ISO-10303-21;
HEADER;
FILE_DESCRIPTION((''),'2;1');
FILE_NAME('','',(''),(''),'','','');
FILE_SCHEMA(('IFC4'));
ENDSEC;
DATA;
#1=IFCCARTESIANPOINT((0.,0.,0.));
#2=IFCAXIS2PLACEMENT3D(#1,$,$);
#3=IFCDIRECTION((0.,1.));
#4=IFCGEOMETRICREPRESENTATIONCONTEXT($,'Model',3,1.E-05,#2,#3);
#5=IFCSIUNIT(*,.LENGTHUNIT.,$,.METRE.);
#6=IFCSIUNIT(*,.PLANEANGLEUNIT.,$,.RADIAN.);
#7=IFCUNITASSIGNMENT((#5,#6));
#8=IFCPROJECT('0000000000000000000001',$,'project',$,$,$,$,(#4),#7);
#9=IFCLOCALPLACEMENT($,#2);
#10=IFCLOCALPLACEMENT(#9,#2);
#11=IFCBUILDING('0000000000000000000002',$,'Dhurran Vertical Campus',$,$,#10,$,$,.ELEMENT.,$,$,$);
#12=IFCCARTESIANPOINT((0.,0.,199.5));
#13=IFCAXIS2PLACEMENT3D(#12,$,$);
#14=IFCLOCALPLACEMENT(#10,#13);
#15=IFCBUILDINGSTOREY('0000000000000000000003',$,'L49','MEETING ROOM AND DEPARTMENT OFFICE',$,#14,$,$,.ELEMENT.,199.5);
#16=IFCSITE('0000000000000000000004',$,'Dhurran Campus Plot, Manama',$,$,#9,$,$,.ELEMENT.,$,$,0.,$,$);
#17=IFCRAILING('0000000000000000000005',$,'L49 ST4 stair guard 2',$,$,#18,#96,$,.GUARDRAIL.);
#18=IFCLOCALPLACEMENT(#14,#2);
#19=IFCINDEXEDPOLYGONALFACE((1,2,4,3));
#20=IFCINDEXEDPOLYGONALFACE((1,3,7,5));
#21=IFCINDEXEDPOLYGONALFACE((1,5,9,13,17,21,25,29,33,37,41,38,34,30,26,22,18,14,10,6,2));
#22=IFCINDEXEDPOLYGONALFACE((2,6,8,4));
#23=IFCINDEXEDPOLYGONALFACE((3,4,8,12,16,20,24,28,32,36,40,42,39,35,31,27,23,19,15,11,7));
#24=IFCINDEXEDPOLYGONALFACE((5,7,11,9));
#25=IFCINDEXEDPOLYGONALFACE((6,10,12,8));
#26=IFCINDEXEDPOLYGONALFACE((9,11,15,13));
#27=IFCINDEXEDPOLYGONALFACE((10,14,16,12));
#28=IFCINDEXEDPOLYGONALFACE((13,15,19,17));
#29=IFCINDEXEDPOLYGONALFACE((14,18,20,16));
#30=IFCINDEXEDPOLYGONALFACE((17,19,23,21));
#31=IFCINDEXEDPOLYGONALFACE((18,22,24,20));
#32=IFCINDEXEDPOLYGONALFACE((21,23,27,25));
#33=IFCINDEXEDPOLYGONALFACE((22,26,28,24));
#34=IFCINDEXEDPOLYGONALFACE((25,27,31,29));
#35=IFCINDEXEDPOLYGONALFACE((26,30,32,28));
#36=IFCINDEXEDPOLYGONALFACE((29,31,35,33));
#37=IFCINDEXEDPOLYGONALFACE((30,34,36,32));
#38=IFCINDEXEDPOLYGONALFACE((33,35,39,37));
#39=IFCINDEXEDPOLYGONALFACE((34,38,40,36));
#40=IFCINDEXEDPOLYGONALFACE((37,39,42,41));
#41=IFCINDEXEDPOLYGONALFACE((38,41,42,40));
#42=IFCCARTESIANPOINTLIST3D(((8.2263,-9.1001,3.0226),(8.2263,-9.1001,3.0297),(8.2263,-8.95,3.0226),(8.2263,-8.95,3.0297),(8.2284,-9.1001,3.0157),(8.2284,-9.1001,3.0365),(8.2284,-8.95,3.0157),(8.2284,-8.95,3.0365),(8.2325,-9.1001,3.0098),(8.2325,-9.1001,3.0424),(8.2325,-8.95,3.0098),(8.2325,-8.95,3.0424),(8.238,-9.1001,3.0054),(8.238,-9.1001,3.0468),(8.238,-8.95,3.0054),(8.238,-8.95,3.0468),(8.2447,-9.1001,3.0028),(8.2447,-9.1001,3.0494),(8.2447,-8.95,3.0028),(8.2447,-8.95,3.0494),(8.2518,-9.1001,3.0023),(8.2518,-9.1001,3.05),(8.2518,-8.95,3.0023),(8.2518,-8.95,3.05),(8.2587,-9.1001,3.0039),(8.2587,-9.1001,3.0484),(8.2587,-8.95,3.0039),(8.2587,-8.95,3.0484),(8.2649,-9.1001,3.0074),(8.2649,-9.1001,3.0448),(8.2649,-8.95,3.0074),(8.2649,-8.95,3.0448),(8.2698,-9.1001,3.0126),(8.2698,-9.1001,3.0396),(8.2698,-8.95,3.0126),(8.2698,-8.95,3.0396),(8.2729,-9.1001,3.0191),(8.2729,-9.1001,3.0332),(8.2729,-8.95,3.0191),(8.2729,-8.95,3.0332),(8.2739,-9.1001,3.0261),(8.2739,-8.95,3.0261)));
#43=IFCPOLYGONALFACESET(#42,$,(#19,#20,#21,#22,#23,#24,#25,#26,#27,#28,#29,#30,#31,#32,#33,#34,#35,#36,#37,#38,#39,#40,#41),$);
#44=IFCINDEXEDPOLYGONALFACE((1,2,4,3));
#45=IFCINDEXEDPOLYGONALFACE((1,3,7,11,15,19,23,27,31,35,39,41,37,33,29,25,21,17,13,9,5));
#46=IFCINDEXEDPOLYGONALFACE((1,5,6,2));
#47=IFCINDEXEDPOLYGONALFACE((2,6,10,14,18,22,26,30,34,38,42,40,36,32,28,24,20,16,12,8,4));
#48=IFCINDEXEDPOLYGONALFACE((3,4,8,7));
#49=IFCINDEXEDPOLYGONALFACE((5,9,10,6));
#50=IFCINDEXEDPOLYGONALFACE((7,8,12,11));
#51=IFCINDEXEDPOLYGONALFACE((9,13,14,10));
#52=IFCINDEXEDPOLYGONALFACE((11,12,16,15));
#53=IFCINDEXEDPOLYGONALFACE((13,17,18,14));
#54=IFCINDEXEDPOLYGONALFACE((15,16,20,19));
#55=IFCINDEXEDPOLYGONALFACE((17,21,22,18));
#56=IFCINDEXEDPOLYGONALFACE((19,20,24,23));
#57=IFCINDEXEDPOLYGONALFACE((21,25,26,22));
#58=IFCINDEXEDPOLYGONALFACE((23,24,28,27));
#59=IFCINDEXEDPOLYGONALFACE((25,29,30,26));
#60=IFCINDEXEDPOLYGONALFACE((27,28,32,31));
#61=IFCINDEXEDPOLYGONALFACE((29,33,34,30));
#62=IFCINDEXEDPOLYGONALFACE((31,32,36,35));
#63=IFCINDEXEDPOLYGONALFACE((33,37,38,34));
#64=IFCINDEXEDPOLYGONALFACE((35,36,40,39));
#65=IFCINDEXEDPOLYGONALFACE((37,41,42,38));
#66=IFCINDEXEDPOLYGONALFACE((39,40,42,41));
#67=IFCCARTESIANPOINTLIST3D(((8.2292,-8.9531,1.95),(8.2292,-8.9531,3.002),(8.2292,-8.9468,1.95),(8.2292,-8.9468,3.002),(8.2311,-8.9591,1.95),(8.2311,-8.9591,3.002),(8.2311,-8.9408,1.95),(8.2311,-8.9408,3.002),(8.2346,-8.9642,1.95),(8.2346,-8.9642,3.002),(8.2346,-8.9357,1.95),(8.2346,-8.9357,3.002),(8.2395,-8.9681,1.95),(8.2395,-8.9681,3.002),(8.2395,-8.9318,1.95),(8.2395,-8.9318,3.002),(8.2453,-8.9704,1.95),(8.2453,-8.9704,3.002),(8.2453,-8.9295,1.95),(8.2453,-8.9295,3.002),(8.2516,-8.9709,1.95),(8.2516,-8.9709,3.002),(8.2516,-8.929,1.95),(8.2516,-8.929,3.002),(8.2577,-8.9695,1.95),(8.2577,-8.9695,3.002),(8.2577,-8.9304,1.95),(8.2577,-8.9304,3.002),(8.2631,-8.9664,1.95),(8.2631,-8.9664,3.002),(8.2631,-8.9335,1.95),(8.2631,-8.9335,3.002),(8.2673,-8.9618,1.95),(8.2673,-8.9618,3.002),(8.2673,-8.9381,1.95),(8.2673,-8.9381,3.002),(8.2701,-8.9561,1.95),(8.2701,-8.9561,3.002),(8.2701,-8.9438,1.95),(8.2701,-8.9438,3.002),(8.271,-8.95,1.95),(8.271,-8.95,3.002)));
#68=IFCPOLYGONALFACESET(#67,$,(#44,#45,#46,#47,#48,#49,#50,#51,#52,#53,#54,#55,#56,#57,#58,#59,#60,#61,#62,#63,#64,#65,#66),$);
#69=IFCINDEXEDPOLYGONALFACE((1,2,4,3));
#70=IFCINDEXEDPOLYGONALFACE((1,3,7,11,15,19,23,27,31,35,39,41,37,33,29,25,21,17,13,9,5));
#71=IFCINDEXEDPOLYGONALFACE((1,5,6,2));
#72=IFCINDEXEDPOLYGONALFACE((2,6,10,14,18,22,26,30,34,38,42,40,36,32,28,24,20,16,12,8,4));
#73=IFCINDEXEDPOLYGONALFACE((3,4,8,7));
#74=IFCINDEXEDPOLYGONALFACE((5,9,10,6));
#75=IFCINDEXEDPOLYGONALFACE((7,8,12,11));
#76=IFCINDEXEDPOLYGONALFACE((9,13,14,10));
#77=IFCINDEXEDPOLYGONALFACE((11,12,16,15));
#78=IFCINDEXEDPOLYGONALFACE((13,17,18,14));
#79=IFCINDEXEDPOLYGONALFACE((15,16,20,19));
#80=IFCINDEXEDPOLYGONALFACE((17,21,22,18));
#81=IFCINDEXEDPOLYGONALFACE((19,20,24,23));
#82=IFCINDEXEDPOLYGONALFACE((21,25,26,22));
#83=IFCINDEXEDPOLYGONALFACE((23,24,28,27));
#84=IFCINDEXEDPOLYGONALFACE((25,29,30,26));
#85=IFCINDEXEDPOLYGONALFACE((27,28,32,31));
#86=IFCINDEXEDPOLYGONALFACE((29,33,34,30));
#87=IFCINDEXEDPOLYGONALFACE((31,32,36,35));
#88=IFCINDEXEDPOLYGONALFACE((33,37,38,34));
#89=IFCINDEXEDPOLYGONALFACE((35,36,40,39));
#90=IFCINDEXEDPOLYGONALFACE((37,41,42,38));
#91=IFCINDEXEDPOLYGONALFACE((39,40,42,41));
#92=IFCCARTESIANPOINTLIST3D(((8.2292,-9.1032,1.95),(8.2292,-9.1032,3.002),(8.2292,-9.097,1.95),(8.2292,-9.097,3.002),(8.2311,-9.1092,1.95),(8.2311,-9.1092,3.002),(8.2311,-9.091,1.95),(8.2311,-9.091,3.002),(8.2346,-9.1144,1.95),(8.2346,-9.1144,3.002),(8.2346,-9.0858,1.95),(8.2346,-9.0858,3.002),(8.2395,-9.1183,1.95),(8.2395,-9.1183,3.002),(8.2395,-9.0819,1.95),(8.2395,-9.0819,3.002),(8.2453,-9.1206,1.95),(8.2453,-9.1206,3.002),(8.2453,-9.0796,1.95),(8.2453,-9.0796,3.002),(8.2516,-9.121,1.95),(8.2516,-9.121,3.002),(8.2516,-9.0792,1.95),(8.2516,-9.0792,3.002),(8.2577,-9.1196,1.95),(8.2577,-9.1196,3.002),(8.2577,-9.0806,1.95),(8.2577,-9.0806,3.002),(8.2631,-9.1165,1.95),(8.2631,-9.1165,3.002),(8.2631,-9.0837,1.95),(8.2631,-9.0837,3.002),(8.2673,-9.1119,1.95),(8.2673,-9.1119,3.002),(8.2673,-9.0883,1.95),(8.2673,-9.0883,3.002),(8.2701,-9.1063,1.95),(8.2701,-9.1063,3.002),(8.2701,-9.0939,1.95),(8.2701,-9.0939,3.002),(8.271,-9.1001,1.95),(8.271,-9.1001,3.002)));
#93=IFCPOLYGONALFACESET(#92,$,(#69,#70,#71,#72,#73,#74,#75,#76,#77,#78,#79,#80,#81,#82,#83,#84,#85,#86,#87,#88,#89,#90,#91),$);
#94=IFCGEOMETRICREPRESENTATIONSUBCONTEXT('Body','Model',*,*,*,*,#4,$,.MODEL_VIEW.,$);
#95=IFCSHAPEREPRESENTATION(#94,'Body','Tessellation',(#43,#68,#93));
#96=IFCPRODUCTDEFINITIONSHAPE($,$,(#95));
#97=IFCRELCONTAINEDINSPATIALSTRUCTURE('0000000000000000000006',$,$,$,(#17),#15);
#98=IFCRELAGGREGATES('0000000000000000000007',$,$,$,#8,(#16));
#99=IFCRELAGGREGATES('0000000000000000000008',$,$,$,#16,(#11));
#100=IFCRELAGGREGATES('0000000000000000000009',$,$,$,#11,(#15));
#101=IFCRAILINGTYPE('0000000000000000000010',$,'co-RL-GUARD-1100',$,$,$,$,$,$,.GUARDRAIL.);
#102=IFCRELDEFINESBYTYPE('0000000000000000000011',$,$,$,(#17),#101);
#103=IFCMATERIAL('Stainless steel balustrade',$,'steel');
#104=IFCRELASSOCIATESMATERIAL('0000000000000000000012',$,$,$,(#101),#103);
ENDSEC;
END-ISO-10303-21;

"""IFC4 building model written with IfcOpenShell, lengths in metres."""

from ifc_helpers import new_model, si_unit, direction, frame, origin, origin_2d, place, context, subcontext, project, spatial, circle, extrude, material, type_object, element, save


model = new_model("IFC4")

# Units and contexts
model_context = context("Model", 3, precision=1e-05, world=origin(), true_north=direction((0.0, 1.0)))
body_context = subcontext(model_context, "Body", "Model", "MODEL_VIEW")
ifc_project = project(units=[si_unit("LENGTHUNIT", "METRE"), si_unit("PLANEANGLEUNIT", "RADIAN")], contexts=[model_context])

# Site, building, storey
site_placement = place(None, origin())
site = spatial("IfcSite", under=ifc_project, at=site_placement, Name="Dhurran Campus Plot, Manama", CompositionType="ELEMENT", RefElevation=0.0)
building_placement = place(site_placement, origin())
building = spatial("IfcBuilding", under=site, at=building_placement, Name="Dhurran Vertical Campus", CompositionType="ELEMENT")
storey_placement = place(building_placement, frame((0.0, 0.0, 199.5)))
storey = spatial("IfcBuildingStorey", under=building, at=storey_placement, Name="L49", Description="MEETING ROOM AND DEPARTMENT OFFICE", CompositionType="ELEMENT", Elevation=199.5)

# Railing
ifc_material_1 = material(Name="Stainless steel balustrade", Category="steel")
railing_type_1 = type_object("IfcRailingType", Name="co-RL-GUARD-1100", PredefinedType="GUARDRAIL", material=ifc_material_1)
railing_1_placement = place(storey_placement, frame((8.25, -8.95, 1.95)))
element("IfcRailing", 1, at=railing_1_placement, inside=storey, type_object=railing_type_1, Name="L49 ST4 stair guard 2", PredefinedType="GUARDRAIL", context=body_context, shape_type="SweptSolid", body=[
    extrude(circle(Radius=0.0239, at=origin_2d()), frame((0.0, 0.0, 1.0762), z_axis=(0.0, -1.0, 0.0), x_axis=(1.0, 0.0, 0.0)), (0.0, 0.0, 1.0), 0.1501),
    extrude(circle(Radius=0.021, at=origin_2d()), origin(), (0.0, 0.0, 1.0), 1.052),
    extrude(circle(Radius=0.021, at=origin_2d()), frame((0.0, -0.1501, 0.0)), (0.0, 0.0, 1.0), 1.052),
])

save(model, "model.ifc")
